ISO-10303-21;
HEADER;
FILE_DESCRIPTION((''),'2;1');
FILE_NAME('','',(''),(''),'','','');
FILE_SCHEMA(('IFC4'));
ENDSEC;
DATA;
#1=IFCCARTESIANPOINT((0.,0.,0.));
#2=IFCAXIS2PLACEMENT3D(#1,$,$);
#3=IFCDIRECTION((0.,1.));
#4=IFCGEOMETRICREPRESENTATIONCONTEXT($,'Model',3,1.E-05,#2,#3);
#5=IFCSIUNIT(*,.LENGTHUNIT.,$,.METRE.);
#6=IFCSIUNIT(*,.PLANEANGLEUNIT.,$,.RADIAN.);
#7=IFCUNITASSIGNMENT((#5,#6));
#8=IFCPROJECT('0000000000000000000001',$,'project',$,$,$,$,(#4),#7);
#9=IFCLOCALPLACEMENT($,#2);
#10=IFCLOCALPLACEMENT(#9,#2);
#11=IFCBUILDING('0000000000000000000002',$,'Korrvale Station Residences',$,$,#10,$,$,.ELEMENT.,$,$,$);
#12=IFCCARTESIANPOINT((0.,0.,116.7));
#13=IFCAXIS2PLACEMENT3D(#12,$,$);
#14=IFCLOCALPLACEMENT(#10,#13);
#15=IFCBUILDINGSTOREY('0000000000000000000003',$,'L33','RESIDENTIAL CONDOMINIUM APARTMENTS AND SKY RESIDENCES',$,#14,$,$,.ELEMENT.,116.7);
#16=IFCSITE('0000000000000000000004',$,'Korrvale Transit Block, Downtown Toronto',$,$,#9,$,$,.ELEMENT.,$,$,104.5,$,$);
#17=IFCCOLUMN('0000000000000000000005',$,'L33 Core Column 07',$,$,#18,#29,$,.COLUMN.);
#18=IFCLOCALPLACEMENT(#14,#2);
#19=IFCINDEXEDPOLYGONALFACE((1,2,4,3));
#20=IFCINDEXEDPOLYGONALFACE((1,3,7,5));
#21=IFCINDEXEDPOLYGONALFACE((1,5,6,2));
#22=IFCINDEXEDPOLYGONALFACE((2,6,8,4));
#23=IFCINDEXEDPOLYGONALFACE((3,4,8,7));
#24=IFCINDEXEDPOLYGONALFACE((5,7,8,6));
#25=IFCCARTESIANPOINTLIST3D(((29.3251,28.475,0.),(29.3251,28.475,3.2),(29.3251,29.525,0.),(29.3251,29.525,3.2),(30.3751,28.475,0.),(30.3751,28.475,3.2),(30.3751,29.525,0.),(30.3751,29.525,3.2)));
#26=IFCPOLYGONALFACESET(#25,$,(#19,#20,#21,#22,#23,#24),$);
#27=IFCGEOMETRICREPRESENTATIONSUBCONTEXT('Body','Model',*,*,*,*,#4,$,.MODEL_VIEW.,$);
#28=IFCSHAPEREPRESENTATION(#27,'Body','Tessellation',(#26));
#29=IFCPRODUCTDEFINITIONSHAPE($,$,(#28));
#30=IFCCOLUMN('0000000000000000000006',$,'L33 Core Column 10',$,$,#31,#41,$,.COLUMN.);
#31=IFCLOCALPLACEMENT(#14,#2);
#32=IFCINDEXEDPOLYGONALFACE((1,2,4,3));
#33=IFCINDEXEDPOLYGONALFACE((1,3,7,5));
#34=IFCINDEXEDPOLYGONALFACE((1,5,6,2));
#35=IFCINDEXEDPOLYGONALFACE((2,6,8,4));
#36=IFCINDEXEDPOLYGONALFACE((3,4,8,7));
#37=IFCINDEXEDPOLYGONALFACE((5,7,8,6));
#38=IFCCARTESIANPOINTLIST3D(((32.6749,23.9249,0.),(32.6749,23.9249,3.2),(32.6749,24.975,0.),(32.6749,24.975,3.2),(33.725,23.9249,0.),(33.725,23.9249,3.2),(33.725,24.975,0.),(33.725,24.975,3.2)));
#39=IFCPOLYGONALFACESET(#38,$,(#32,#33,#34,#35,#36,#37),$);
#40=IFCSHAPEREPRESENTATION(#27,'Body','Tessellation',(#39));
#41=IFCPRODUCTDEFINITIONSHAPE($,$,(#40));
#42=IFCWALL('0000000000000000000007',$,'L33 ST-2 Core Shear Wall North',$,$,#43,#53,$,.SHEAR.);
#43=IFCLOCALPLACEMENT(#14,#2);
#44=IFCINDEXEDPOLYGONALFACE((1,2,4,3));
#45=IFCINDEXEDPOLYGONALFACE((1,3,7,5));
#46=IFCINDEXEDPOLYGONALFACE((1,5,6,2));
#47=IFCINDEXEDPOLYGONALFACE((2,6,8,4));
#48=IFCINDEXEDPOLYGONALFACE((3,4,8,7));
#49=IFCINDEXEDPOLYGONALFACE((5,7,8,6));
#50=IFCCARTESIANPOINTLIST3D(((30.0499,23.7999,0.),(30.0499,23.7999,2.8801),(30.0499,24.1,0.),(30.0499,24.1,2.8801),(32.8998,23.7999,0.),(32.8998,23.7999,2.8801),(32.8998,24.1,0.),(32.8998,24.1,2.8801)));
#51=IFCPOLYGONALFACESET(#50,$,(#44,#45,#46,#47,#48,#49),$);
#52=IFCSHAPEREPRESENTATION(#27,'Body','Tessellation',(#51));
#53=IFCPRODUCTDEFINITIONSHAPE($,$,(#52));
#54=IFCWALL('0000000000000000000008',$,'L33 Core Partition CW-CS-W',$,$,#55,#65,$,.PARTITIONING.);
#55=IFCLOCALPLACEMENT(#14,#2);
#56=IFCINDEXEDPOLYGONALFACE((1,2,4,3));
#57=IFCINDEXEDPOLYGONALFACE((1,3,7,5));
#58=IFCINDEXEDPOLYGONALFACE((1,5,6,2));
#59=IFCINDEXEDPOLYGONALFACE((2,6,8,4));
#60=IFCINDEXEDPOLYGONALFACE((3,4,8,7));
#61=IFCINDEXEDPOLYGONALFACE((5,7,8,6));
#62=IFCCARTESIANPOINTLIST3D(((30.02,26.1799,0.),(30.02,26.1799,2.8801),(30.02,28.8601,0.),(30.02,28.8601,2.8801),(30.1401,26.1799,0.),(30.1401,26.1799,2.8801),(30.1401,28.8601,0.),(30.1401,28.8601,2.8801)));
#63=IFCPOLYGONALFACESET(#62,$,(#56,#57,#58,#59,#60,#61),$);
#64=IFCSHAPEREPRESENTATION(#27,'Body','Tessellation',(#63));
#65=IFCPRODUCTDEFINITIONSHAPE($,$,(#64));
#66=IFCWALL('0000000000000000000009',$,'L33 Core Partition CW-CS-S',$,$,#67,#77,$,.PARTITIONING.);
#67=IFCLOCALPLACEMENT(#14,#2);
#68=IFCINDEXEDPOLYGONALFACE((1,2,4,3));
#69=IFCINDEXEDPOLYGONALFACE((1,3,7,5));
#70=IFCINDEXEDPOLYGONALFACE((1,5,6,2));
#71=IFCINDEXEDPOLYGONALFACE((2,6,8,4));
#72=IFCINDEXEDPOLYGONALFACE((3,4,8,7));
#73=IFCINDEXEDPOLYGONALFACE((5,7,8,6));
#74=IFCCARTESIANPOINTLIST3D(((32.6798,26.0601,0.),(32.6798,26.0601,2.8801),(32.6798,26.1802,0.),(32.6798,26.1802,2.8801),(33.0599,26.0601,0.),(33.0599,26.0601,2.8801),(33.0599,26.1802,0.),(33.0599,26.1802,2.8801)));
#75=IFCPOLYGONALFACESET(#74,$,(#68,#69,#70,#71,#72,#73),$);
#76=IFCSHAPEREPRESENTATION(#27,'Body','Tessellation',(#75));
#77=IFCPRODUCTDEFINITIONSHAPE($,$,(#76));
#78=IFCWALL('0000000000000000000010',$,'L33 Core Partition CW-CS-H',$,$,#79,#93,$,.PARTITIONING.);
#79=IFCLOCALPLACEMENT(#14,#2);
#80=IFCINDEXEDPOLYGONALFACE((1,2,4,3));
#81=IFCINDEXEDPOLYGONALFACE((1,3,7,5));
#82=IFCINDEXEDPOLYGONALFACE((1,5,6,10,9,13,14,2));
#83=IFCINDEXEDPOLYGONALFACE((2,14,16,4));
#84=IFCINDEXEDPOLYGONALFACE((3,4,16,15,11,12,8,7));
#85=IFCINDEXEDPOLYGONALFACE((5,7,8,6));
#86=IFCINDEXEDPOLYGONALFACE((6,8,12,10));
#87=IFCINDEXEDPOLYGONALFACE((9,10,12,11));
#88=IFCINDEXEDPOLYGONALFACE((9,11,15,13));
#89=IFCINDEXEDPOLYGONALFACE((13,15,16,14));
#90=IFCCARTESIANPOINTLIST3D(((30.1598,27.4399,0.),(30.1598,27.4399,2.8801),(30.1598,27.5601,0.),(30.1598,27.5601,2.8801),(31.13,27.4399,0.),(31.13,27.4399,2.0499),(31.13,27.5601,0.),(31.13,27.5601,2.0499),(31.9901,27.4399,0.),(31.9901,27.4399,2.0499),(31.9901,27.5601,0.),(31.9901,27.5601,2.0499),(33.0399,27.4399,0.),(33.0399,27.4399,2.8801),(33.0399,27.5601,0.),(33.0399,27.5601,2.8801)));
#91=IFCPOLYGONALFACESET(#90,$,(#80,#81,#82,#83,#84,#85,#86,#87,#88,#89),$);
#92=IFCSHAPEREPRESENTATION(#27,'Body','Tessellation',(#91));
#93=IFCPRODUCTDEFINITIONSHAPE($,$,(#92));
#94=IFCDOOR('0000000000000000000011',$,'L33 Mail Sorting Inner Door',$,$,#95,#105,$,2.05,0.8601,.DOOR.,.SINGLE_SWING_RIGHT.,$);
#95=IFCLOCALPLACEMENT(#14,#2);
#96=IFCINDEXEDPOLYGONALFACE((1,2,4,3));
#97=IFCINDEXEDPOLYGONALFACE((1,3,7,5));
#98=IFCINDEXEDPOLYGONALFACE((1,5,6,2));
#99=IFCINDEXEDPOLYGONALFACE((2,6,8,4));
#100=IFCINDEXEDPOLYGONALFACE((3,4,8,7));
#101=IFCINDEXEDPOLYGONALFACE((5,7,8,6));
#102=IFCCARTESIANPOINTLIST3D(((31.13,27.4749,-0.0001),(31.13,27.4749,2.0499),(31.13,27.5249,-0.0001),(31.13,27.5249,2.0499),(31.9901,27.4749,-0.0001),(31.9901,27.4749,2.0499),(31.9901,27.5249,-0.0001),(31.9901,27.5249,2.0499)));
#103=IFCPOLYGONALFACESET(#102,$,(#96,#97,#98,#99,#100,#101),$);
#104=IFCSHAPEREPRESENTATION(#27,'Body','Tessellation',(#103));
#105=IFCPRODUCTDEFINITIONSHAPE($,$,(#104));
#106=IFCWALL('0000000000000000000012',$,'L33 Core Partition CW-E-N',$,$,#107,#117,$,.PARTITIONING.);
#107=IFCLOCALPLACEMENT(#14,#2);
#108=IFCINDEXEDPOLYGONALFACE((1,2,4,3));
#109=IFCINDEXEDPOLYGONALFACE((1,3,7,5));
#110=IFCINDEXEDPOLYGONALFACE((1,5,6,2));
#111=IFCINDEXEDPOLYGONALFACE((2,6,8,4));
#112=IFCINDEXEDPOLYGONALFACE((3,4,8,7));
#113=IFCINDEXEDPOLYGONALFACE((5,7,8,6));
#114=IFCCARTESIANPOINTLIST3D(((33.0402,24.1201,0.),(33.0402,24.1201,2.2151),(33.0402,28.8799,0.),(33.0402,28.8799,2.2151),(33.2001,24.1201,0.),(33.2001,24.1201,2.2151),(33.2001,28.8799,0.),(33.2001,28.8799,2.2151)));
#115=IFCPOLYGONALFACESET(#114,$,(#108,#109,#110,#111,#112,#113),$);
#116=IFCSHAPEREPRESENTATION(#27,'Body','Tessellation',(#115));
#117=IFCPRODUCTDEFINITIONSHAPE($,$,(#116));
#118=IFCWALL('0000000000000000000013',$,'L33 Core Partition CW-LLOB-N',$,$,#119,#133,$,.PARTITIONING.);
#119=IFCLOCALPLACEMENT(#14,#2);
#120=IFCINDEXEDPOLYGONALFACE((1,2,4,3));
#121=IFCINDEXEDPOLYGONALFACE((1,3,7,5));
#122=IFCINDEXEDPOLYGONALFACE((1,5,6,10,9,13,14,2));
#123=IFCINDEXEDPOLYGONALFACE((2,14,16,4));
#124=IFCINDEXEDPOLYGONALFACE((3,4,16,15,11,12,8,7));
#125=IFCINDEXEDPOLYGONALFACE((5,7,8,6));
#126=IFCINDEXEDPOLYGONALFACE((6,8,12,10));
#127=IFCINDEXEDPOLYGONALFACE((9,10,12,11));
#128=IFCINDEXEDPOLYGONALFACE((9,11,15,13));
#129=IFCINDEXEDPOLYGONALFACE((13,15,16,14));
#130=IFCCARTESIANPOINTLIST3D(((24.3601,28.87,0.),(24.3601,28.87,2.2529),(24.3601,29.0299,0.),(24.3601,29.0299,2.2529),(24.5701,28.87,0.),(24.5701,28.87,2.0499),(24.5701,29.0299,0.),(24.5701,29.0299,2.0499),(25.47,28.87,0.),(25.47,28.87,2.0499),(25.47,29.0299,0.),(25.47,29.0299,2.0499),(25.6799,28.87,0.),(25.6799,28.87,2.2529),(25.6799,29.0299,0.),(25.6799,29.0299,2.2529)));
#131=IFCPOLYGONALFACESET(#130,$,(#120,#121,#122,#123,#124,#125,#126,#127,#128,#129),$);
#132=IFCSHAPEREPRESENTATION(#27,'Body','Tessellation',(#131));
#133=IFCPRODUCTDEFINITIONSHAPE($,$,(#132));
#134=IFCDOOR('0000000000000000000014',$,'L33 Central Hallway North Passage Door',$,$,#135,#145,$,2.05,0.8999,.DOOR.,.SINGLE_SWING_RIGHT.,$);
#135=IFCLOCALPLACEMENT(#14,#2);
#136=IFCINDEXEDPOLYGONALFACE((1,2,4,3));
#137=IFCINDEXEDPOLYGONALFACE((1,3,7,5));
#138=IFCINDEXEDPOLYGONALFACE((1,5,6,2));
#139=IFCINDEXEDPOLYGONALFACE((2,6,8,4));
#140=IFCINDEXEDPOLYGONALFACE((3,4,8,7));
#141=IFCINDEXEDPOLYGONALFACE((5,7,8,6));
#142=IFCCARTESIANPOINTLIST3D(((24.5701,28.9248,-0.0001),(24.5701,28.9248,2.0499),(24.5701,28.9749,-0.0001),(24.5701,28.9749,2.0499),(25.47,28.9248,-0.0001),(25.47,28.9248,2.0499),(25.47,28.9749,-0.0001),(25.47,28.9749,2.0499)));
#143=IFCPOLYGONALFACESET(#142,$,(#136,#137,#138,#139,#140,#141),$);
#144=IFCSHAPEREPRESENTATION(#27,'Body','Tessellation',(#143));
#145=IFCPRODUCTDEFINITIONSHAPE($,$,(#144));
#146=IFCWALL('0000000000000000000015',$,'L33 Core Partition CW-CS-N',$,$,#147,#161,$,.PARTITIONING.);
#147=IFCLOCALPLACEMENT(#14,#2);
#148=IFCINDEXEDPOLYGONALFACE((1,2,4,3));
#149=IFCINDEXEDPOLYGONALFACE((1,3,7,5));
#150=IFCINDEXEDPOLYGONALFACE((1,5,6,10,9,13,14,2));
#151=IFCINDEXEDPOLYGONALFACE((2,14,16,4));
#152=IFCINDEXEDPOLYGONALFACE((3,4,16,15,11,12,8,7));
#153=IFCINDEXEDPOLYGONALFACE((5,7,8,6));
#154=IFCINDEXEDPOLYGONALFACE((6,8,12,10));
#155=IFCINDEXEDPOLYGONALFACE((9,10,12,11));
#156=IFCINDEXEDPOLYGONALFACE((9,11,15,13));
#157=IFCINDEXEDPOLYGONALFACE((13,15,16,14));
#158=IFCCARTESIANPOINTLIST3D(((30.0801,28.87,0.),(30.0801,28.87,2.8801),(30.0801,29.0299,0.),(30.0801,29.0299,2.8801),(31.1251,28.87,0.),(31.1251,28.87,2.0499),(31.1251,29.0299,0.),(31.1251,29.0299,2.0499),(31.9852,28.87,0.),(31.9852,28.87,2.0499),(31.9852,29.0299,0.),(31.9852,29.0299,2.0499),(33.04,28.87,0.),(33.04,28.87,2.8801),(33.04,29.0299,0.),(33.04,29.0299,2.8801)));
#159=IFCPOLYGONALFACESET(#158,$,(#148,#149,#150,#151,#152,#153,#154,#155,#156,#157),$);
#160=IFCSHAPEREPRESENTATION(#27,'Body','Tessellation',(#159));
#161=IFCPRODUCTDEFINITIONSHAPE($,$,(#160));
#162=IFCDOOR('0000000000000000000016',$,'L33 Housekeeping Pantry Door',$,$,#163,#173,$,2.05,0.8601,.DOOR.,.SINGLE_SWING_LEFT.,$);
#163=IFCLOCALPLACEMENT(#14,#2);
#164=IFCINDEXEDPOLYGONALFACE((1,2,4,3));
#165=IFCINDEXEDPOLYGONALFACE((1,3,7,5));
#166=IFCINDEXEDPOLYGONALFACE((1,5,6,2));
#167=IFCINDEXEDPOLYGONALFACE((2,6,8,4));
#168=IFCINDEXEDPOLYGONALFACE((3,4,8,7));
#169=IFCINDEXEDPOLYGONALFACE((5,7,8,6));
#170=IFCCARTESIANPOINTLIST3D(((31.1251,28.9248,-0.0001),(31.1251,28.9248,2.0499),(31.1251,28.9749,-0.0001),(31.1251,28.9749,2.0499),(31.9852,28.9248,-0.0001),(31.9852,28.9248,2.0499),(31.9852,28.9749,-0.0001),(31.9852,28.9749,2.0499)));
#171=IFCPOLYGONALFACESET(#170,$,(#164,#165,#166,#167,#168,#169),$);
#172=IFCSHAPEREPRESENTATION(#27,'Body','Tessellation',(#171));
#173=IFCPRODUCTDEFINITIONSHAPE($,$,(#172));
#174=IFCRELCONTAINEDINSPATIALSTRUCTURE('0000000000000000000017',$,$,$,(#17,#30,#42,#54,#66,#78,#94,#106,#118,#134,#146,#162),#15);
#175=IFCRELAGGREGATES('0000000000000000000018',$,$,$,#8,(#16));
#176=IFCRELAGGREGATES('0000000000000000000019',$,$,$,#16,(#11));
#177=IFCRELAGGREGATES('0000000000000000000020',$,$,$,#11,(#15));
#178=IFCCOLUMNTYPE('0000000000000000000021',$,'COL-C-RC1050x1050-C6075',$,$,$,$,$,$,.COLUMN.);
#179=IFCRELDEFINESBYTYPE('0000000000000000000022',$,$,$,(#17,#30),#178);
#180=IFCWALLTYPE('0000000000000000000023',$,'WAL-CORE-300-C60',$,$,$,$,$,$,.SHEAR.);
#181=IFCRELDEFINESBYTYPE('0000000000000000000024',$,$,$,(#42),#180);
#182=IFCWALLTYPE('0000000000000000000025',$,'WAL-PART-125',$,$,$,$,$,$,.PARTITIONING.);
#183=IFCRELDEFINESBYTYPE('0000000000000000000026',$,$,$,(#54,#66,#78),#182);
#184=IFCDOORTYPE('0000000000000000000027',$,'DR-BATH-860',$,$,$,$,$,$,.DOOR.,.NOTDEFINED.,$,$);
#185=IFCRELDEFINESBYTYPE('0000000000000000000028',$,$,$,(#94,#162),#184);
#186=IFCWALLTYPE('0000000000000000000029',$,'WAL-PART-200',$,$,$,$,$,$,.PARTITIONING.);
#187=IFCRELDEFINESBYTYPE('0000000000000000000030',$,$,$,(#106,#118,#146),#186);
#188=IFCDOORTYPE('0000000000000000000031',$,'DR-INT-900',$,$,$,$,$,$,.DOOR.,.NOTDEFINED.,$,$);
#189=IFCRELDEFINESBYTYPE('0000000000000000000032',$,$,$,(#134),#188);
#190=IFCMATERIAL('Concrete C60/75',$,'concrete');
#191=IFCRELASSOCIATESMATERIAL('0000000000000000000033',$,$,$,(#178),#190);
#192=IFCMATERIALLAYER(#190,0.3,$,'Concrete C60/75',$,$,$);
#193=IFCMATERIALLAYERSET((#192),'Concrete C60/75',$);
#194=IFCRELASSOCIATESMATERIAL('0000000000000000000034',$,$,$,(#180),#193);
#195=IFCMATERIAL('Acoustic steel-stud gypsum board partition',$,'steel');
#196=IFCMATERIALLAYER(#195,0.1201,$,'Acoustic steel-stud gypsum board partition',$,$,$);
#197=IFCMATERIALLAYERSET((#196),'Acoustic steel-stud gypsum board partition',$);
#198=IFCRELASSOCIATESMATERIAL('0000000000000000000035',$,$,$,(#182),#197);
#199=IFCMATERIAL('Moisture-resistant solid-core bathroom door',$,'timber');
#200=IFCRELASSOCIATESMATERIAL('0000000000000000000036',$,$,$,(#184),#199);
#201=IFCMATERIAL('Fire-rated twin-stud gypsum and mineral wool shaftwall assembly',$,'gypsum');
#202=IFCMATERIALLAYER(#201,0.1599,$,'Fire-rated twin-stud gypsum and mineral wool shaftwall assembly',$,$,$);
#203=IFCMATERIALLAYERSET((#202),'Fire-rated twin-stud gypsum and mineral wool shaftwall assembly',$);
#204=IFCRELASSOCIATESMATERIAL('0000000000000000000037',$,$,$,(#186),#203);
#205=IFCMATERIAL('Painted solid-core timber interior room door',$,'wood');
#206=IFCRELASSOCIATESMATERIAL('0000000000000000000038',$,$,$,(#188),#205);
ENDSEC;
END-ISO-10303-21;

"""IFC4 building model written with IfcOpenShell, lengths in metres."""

from ifc_helpers import new_model, si_unit, direction, frame, frame_2d, origin, origin_2d, place, context, subcontext, project, spatial, rectangle, extrude, material, layer, layer_set, material_profile, profile_set, type_object, element, fill, save


model = new_model("IFC4")

# Units and contexts
model_context = context("Model", 3, precision=1e-05, world=origin(), true_north=direction((0.0, 1.0)))
body_context = subcontext(model_context, "Body", "Model", "MODEL_VIEW")
ifc_project = project(units=[si_unit("LENGTHUNIT", "METRE"), si_unit("PLANEANGLEUNIT", "RADIAN")], contexts=[model_context])

# Site, building, storey
site_placement = place(None, origin())
site = spatial("IfcSite", under=ifc_project, at=site_placement, Name="Korrvale Transit Block, Downtown Toronto", CompositionType="ELEMENT", RefElevation=104.5)
building_placement = place(site_placement, origin())
building = spatial("IfcBuilding", under=site, at=building_placement, Name="Korrvale Station Residences", CompositionType="ELEMENT")
storey_placement = place(building_placement, frame((0.0, 0.0, 116.7)))
storey = spatial("IfcBuildingStorey", under=building, at=storey_placement, Name="L33", Description="RESIDENTIAL CONDOMINIUM APARTMENTS AND SKY RESIDENCES", CompositionType="ELEMENT", Elevation=116.7)

# Columns
ifc_material_1 = material(Name="Concrete C60/75", Category="concrete")
ifc_material_profile = material_profile(ifc_material_1, rectangle(XDim=1.05, YDim=1.05, at=origin_2d()), Name="RC1050x1050")
ifc_profile_set = profile_set([ifc_material_profile], Name="Concrete C60/75")
column_type = type_object("IfcColumnType", Name="COL-C-RC1050x1050-C6075", PredefinedType="COLUMN", material=ifc_profile_set)
for number, where, z_axis, x_axis, name in (
    (1, (29.8501, 29.0, 0.0), (0.0, 0.0, 1.0), (1.0, 0.0, 0.0), "L33 Core Column 07"),
    (2, (33.2, 24.45, 0.0), (0.0, 0.0, 1.0), (1.0, 0.0, 0.0), "L33 Core Column 10"),
):
    element("IfcColumn", number, at=place(storey_placement, frame(where, z_axis=z_axis, x_axis=x_axis)), inside=storey, type_object=column_type, Name=name, PredefinedType="COLUMN", context=body_context, shape_type="SweptSolid", body=[
        extrude(rectangle(XDim=1.05, YDim=1.05, at=origin_2d()), origin(), (0.0, 0.0, 1.0), 3.2),
    ])

# Walls
ifc_layer_1 = layer(ifc_material_1, 0.3, Name="Concrete C60/75")
ifc_layer_set_1 = layer_set([ifc_layer_1], Name="Concrete C60/75")
wall_type_1 = type_object("IfcWallType", Name="WAL-CORE-300-C60", PredefinedType="SHEAR", material=ifc_layer_set_1)
wall_1_placement = place(storey_placement, frame((30.05, 23.95, 0.0), z_axis=(0.0, 0.0, 1.0), x_axis=(1.0, 0.0, 0.0)))
element("IfcWall", 3, at=wall_1_placement, inside=storey, type_object=wall_type_1, Name="L33 ST-2 Core Shear Wall North", PredefinedType="SHEAR", context=body_context, shape_type="SweptSolid", body=[
    extrude(rectangle(XDim=2.8499, YDim=0.3, at=frame_2d((1.4248, 0.0))), origin(), (0.0, 0.0, 1.0), 2.8801),
])
ifc_material_2 = material(Name="Acoustic steel-stud gypsum board partition", Category="steel")
ifc_layer_2 = layer(ifc_material_2, 0.1201, Name="Acoustic steel-stud gypsum board partition")
ifc_layer_set_2 = layer_set([ifc_layer_2], Name="Acoustic steel-stud gypsum board partition")
wall_type_2 = type_object("IfcWallType", Name="WAL-PART-125", PredefinedType="PARTITIONING", material=ifc_layer_set_2)
wall_2_placement = place(storey_placement, frame((30.0801, 26.1799, 0.0), z_axis=(0.0, 0.0, 1.0), x_axis=(0.0, 1.0, 0.0)))
element("IfcWall", 4, at=wall_2_placement, inside=storey, type_object=wall_type_2, Name="L33 Core Partition CW-CS-W", PredefinedType="PARTITIONING", context=body_context, shape_type="SweptSolid", body=[
    extrude(rectangle(XDim=2.6802, YDim=0.1201, at=frame_2d((1.3401, 0.0))), origin(), (0.0, 0.0, 1.0), 2.8801),
])
wall_3_placement = place(storey_placement, frame((32.6799, 26.1201, 0.0), z_axis=(0.0, 0.0, 1.0), x_axis=(1.0, 0.0, 0.0)))
element("IfcWall", 5, at=wall_3_placement, inside=storey, type_object=wall_type_2, Name="L33 Core Partition CW-CS-S", PredefinedType="PARTITIONING", context=body_context, shape_type="SweptSolid", body=[
    extrude(rectangle(XDim=0.3801, YDim=0.1201, at=frame_2d((0.1899, 0.0))), origin(), (0.0, 0.0, 1.0), 2.8801),
])

# Wall, opening, door
wall_4_placement = place(storey_placement, frame((30.1599, 27.5, 0.0), z_axis=(0.0, 0.0, 1.0), x_axis=(1.0, 0.0, 0.0)))
wall_4 = element("IfcWall", 6, at=wall_4_placement, inside=storey, type_object=wall_type_2, Name="L33 Core Partition CW-CS-H", PredefinedType="PARTITIONING", context=body_context, shape_type="SweptSolid", body=[
    extrude(rectangle(XDim=2.8801, YDim=0.1201, at=frame_2d((1.4399, 0.0))), origin(), (0.0, 0.0, 1.0), 2.8801),
])
opening_1_placement = place(wall_4_placement, frame((0.97, 0.0, 0.0)))
opening_1 = element("IfcOpeningElement", 7, at=opening_1_placement, cuts=wall_4, PredefinedType="OPENING", context=body_context, shape_type="SweptSolid", body=[
    extrude(rectangle(XDim=0.8601, YDim=2.05, at=frame_2d((0.4302, 1.0249))), frame((0.0, 0.0701, 0.0), z_axis=(0.0, -1.0, 0.0), x_axis=(1.0, 0.0, 0.0)), (0.0, 0.0, 1.0), 0.1401),
])
ifc_material_3 = material(Name="Moisture-resistant solid-core bathroom door", Category="timber")
door_type_1 = type_object("IfcDoorType", Name="DR-BATH-860", OperationType="NOTDEFINED", PredefinedType="DOOR", material=ifc_material_3)
door_1_placement = place(opening_1_placement, origin())
door_1 = element("IfcDoor", 8, at=door_1_placement, inside=storey, type_object=door_type_1, Name="L33 Mail Sorting Inner Door", OperationType="SINGLE_SWING_RIGHT", OverallHeight=2.05, OverallWidth=0.8601, PredefinedType="DOOR", context=body_context, shape_type="SweptSolid", body=[
    extrude(rectangle(XDim=0.8601, YDim=2.05, at=frame_2d((0.4302, 1.0249))), frame((0.0, 0.0249, 0.0), z_axis=(0.0, -1.0, 0.0), x_axis=(1.0, 0.0, 0.0)), (0.0, 0.0, 1.0), 0.05),
])
fill(opening_1, door_1)

# Wall
ifc_material_4 = material(Name="Fire-rated twin-stud gypsum and mineral wool shaftwall assembly", Category="gypsum")
ifc_layer_3 = layer(ifc_material_4, 0.1599, Name="Fire-rated twin-stud gypsum and mineral wool shaftwall assembly")
ifc_layer_set_3 = layer_set([ifc_layer_3], Name="Fire-rated twin-stud gypsum and mineral wool shaftwall assembly")
wall_type_3 = type_object("IfcWallType", Name="WAL-PART-200", PredefinedType="PARTITIONING", material=ifc_layer_set_3)
wall_5_placement = place(storey_placement, frame((33.1201, 24.1201, 0.0), z_axis=(0.0, 0.0, 1.0), x_axis=(0.0, 1.0, 0.0)))
element("IfcWall", 9, at=wall_5_placement, inside=storey, type_object=wall_type_3, Name="L33 Core Partition CW-E-N", PredefinedType="PARTITIONING", context=body_context, shape_type="SweptSolid", body=[
    extrude(rectangle(XDim=4.7598, YDim=0.1599, at=frame_2d((2.3799, 0.0))), origin(), (0.0, 0.0, 1.0), 2.2151),
])

# Walls, openings, doors
wall_6_placement = place(storey_placement, frame((24.3601, 28.95, 0.0), z_axis=(0.0, 0.0, 1.0), x_axis=(1.0, 0.0, 0.0)))
wall_6 = element("IfcWall", 10, at=wall_6_placement, inside=storey, type_object=wall_type_3, Name="L33 Core Partition CW-LLOB-N", PredefinedType="PARTITIONING", context=body_context, shape_type="SweptSolid", body=[
    extrude(rectangle(XDim=1.3198, YDim=0.1599, at=frame_2d((0.6599, 0.0))), origin(), (0.0, 0.0, 1.0), 2.2529),
])
opening_2_placement = place(wall_6_placement, frame((0.21, 0.0, 0.0)))
opening_2 = element("IfcOpeningElement", 11, at=opening_2_placement, cuts=wall_6, PredefinedType="OPENING", context=body_context, shape_type="SweptSolid", body=[
    extrude(rectangle(XDim=0.8999, YDim=2.05, at=frame_2d((0.45, 1.0249))), frame((0.0, 0.0898, 0.0), z_axis=(0.0, -1.0, 0.0), x_axis=(1.0, 0.0, 0.0)), (0.0, 0.0, 1.0), 0.1799),
])
ifc_material_5 = material(Name="Painted solid-core timber interior room door", Category="wood")
door_type_2 = type_object("IfcDoorType", Name="DR-INT-900", OperationType="NOTDEFINED", PredefinedType="DOOR", material=ifc_material_5)
door_2_placement = place(opening_2_placement, origin())
door_2 = element("IfcDoor", 12, at=door_2_placement, inside=storey, type_object=door_type_2, Name="L33 Central Hallway North Passage Door", OperationType="SINGLE_SWING_RIGHT", OverallHeight=2.05, OverallWidth=0.8999, PredefinedType="DOOR", context=body_context, shape_type="SweptSolid", body=[
    extrude(rectangle(XDim=0.8999, YDim=2.05, at=frame_2d((0.45, 1.0249))), frame((0.0, 0.0249, 0.0), z_axis=(0.0, -1.0, 0.0), x_axis=(1.0, 0.0, 0.0)), (0.0, 0.0, 1.0), 0.05),
])
fill(opening_2, door_2)
wall_7_placement = place(storey_placement, frame((30.0801, 28.95, 0.0), z_axis=(0.0, 0.0, 1.0), x_axis=(1.0, 0.0, 0.0)))
wall_7 = element("IfcWall", 13, at=wall_7_placement, inside=storey, type_object=wall_type_3, Name="L33 Core Partition CW-CS-N", PredefinedType="PARTITIONING", context=body_context, shape_type="SweptSolid", body=[
    extrude(rectangle(XDim=2.96, YDim=0.1599, at=frame_2d((1.48, 0.0))), origin(), (0.0, 0.0, 1.0), 2.8801),
])
opening_3_placement = place(wall_7_placement, frame((1.0449, 0.0, 0.0)))
opening_3 = element("IfcOpeningElement", 14, at=opening_3_placement, cuts=wall_7, PredefinedType="OPENING", context=body_context, shape_type="SweptSolid", body=[
    extrude(rectangle(XDim=0.8601, YDim=2.05, at=frame_2d((0.4302, 1.0249))), frame((0.0, 0.0898, 0.0), z_axis=(0.0, -1.0, 0.0), x_axis=(1.0, 0.0, 0.0)), (0.0, 0.0, 1.0), 0.1799),
])
door_3_placement = place(opening_3_placement, origin())
door_3 = element("IfcDoor", 15, at=door_3_placement, inside=storey, type_object=door_type_1, Name="L33 Housekeeping Pantry Door", OperationType="SINGLE_SWING_LEFT", OverallHeight=2.05, OverallWidth=0.8601, PredefinedType="DOOR", context=body_context, shape_type="SweptSolid", body=[
    extrude(rectangle(XDim=0.8601, YDim=2.05, at=frame_2d((0.4302, 1.0249))), frame((0.0, 0.0249, 0.0), z_axis=(0.0, -1.0, 0.0), x_axis=(1.0, 0.0, 0.0)), (0.0, 0.0, 1.0), 0.05),
])
fill(opening_3, door_3)

save(model, "model.ifc")
